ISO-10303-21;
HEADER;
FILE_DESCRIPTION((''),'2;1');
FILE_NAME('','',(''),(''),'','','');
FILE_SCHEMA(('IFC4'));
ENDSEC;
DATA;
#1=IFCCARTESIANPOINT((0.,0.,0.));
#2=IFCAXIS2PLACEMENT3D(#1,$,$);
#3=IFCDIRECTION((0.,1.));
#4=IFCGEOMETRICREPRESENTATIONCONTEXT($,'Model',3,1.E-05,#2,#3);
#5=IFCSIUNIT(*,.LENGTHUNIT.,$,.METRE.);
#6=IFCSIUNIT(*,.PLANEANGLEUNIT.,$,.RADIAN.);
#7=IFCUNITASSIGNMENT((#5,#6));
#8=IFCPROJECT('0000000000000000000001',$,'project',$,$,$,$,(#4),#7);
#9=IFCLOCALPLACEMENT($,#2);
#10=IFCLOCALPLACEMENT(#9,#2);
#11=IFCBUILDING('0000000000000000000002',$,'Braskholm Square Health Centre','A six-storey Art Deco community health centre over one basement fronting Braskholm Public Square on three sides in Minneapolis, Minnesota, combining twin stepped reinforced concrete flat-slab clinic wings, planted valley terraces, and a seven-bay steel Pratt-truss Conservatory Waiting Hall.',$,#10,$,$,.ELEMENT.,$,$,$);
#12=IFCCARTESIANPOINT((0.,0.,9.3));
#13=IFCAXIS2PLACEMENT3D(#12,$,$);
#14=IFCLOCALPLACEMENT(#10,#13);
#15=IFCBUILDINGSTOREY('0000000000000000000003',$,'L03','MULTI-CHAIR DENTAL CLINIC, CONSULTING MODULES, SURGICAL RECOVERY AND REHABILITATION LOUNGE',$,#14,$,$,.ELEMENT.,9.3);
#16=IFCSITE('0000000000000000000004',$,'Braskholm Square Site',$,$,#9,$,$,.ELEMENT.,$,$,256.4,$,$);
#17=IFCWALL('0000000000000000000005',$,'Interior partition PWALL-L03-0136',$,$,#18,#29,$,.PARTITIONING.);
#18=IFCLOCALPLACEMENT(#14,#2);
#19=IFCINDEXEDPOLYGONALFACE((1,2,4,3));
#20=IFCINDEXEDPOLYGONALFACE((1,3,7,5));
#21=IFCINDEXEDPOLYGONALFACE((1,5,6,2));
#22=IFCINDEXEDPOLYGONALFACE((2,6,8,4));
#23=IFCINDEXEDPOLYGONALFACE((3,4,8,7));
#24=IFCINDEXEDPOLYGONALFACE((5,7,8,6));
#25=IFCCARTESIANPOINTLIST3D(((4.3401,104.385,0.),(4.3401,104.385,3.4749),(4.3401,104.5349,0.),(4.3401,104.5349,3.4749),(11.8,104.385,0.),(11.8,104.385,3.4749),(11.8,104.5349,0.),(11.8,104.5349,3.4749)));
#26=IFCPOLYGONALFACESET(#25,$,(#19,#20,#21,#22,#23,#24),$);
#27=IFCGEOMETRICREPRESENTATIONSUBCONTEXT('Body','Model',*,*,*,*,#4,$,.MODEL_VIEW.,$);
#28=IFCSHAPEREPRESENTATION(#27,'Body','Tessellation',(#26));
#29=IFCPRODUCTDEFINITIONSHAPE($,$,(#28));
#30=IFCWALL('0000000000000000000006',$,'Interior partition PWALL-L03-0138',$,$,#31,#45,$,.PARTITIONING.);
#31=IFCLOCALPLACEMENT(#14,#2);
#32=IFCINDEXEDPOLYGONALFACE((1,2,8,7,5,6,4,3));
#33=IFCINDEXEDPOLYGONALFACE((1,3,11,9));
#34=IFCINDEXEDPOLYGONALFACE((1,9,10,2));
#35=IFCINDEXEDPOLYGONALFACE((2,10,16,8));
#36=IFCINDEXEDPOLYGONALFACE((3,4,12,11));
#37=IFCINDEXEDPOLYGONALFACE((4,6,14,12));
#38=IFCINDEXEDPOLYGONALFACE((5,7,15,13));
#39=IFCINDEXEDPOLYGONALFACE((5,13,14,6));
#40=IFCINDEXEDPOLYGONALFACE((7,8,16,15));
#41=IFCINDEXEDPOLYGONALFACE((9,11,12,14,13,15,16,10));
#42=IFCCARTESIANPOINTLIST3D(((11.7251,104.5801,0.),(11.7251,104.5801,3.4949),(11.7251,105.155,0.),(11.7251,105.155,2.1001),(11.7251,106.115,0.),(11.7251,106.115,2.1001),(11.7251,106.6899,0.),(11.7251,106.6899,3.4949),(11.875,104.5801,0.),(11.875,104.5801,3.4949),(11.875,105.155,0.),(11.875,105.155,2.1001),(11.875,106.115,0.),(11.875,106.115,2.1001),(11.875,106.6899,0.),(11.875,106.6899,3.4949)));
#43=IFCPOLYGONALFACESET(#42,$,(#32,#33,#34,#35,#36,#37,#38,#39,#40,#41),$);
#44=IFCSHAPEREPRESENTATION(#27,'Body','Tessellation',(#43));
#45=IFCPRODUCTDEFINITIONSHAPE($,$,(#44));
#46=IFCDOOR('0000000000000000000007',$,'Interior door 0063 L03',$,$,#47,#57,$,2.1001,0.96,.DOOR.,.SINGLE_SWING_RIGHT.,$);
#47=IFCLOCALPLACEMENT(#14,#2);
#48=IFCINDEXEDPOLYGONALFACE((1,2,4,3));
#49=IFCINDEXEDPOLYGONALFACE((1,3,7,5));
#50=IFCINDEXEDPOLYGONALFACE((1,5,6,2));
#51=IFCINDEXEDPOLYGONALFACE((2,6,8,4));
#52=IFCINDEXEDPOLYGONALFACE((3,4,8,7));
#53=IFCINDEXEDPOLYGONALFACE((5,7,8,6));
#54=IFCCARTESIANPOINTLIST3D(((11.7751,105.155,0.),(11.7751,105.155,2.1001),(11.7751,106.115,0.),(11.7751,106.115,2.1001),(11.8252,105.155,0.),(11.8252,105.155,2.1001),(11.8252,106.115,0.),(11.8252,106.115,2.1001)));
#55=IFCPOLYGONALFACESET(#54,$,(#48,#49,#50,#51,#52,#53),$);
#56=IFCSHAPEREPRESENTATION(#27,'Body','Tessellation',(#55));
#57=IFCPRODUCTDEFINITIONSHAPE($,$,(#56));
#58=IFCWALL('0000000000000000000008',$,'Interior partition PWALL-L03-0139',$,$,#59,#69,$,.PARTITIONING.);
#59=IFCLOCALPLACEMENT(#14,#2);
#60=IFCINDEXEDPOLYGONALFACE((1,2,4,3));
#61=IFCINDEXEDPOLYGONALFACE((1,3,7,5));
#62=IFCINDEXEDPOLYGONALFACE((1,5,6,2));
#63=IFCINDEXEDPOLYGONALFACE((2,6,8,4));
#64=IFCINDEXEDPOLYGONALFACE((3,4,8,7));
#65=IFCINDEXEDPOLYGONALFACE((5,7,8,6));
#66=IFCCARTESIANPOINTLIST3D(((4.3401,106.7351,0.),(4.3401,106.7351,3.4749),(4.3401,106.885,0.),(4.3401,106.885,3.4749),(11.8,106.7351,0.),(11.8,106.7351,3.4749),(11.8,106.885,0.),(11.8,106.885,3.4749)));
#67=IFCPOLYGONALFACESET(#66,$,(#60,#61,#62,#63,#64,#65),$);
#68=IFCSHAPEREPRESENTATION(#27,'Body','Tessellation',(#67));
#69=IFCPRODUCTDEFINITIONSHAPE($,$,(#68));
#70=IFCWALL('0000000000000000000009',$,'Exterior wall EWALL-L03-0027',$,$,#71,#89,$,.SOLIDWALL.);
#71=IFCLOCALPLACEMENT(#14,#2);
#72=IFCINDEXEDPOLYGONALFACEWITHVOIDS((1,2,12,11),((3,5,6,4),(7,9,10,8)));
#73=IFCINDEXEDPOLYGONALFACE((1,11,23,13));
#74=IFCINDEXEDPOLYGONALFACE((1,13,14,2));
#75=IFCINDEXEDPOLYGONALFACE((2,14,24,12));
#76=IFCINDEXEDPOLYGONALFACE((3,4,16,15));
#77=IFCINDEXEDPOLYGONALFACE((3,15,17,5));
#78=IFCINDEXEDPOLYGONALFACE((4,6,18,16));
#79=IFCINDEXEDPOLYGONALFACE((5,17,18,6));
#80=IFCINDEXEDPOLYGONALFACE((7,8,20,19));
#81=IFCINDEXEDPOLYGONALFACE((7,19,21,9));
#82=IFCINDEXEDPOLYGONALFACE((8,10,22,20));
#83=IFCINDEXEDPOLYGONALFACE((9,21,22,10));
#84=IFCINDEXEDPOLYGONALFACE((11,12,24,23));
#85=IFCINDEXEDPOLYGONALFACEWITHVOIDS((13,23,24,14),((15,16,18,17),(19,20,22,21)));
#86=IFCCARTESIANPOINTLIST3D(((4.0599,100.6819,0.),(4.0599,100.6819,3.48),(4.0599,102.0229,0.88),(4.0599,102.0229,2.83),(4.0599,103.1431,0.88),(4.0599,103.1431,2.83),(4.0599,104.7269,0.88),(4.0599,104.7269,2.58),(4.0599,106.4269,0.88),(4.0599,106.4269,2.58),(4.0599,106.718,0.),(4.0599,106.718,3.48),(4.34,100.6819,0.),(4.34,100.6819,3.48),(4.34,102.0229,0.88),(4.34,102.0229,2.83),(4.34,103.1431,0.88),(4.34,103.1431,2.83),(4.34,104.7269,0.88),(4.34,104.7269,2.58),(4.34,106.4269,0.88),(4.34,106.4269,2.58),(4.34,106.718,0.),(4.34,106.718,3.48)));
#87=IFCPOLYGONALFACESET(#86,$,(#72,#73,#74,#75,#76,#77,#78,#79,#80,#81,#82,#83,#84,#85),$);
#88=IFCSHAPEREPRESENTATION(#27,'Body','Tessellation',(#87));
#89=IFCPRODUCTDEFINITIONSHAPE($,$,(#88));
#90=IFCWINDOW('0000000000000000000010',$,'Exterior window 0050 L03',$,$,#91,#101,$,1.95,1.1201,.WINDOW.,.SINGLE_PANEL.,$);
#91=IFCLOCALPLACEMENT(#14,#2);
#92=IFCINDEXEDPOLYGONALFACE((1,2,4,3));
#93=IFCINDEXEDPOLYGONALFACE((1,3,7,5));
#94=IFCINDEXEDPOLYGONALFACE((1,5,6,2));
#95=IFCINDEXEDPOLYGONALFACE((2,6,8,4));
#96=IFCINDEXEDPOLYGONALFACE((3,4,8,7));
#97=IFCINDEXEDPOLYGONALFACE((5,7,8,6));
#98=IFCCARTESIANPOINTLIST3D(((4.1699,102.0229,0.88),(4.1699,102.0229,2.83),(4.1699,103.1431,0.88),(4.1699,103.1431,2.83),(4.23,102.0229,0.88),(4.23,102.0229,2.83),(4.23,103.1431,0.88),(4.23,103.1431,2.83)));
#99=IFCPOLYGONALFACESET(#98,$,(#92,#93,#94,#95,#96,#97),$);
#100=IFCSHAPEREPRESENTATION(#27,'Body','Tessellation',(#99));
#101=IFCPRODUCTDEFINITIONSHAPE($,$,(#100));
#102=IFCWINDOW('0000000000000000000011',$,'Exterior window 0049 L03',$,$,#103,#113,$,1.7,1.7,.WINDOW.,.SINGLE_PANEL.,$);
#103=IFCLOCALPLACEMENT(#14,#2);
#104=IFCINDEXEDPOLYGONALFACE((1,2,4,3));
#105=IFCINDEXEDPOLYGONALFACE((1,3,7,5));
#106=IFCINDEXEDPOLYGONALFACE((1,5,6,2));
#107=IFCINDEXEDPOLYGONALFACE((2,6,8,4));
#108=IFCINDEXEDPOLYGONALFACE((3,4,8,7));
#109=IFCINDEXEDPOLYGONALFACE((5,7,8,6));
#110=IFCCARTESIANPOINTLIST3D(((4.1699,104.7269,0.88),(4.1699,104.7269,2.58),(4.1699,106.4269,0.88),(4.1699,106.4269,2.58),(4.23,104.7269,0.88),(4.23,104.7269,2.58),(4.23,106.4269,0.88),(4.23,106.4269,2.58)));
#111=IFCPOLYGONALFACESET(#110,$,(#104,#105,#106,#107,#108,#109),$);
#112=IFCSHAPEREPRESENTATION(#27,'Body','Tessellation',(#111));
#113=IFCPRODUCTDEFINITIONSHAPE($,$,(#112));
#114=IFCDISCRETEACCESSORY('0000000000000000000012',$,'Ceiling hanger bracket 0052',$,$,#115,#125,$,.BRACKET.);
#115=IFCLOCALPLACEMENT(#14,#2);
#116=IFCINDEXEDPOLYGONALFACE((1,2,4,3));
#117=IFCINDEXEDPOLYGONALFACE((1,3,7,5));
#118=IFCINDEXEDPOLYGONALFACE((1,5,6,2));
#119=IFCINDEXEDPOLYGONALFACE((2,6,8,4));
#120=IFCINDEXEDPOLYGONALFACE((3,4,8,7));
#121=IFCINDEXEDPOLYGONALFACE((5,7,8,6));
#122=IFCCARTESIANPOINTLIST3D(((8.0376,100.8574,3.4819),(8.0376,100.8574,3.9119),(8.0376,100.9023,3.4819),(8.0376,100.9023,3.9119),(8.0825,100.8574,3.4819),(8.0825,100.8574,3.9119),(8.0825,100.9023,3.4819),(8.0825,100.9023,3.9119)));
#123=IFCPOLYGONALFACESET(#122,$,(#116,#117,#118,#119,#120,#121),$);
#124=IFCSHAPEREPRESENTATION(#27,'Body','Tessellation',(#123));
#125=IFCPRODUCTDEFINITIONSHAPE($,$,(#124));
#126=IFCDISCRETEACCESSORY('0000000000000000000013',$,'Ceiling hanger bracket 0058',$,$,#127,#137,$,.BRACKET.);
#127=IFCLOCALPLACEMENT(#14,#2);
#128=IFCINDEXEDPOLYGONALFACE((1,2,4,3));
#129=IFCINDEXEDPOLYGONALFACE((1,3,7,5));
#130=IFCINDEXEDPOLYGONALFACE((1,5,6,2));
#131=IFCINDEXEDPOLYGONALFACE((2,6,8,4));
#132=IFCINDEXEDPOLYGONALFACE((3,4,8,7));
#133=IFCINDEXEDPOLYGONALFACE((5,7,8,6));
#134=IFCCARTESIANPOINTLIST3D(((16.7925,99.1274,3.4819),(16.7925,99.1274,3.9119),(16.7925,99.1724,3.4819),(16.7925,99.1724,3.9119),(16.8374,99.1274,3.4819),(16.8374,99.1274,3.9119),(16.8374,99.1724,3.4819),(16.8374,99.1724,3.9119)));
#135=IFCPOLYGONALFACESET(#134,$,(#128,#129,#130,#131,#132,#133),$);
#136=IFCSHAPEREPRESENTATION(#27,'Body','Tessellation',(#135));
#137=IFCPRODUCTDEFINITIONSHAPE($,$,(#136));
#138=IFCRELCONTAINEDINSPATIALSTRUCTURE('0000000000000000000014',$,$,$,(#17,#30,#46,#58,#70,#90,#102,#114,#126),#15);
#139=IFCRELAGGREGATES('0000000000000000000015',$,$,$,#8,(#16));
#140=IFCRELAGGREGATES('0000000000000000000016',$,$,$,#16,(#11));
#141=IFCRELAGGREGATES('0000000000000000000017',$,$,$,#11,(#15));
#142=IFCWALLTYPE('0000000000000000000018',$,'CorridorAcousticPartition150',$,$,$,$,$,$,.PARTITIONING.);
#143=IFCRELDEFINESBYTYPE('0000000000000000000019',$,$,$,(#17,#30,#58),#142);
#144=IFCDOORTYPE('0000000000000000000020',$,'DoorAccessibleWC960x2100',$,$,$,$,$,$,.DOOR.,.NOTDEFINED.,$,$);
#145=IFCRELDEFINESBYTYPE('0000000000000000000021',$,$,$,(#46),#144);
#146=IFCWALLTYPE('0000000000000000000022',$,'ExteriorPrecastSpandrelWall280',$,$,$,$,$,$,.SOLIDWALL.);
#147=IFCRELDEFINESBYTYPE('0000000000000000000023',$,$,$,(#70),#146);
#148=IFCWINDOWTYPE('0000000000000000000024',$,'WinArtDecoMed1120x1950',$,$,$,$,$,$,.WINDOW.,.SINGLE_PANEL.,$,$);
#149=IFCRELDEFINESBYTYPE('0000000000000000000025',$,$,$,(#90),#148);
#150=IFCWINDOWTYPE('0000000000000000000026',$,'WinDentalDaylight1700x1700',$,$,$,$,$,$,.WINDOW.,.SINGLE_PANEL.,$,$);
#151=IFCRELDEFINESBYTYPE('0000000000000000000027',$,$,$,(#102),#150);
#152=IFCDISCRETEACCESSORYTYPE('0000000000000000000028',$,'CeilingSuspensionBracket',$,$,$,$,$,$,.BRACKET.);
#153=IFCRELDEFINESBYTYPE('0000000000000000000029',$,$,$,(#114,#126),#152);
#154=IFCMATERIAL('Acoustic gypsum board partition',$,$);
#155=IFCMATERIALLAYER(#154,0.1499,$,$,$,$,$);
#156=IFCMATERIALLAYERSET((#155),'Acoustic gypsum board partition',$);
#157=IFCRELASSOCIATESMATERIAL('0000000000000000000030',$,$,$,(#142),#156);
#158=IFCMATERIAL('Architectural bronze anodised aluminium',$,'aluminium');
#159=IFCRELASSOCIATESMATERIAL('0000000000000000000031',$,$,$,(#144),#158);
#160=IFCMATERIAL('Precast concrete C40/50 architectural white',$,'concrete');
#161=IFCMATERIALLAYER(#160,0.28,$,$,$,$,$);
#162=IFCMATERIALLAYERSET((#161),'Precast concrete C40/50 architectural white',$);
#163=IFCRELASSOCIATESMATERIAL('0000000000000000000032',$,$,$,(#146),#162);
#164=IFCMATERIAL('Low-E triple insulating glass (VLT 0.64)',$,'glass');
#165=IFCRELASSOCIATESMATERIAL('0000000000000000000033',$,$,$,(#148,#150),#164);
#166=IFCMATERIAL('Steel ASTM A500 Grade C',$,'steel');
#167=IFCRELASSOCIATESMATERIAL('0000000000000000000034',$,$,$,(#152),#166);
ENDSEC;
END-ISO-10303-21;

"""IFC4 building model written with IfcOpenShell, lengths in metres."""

from ifc_helpers import new_model, si_unit, direction, frame, frame_2d, origin, origin_with_axes, origin_2d, place, context, subcontext, project, spatial, rectangle, extrude, material, layer, layer_set, type_object, element, fill, save


model = new_model("IFC4")

# Units and contexts
model_context = context("Model", 3, precision=1e-05, world=origin(), true_north=direction((0.0, 1.0)))
body_context = subcontext(model_context, "Body", "Model", "MODEL_VIEW")
ifc_project = project(units=[si_unit("LENGTHUNIT", "METRE"), si_unit("PLANEANGLEUNIT", "RADIAN")], contexts=[model_context])

# Site, building, storey
site_placement = place(None, origin())
site = spatial("IfcSite", under=ifc_project, at=site_placement, Name="Braskholm Square Site", CompositionType="ELEMENT", RefElevation=256.4)
building_placement = place(site_placement, origin())
building = spatial("IfcBuilding", under=site, at=building_placement, Name="Braskholm Square Health Centre", Description="A six-storey Art Deco community health centre over one basement fronting Braskholm Public Square on three sides in Minneapolis, Minnesota, combining twin stepped reinforced concrete flat-slab clinic wings, planted valley terraces, and a seven-bay steel Pratt-truss Conservatory Waiting Hall.", CompositionType="ELEMENT")
storey_placement = place(building_placement, frame((0.0, 0.0, 9.3)))
storey = spatial("IfcBuildingStorey", under=building, at=storey_placement, Name="L03", Description="MULTI-CHAIR DENTAL CLINIC, CONSULTING MODULES, SURGICAL RECOVERY AND REHABILITATION LOUNGE", CompositionType="ELEMENT", Elevation=9.3)

# Shared definitions
ifc_material_1 = material(Name="Precast concrete C40/50 architectural white", Category="concrete")

# Shared definitions
ifc_material_2 = material(Name="Acoustic gypsum board partition")
ifc_material_3 = material(Name="Architectural bronze anodised aluminium", Category="aluminium")

# Wall
ifc_layer_1 = layer(ifc_material_2, 0.1499)
ifc_layer_set_1 = layer_set([ifc_layer_1], Name="Acoustic gypsum board partition")
wall_type_1 = type_object("IfcWallType", Name="CorridorAcousticPartition150", PredefinedType="PARTITIONING", material=ifc_layer_set_1)
wall_1_placement = place(storey_placement, frame((4.3401, 104.46, 0.0), z_axis=(0.0, 0.0, 1.0), x_axis=(1.0, 0.0, 0.0)))
element("IfcWall", 1, at=wall_1_placement, inside=storey, type_object=wall_type_1, Name="Interior partition PWALL-L03-0136", PredefinedType="PARTITIONING", context=body_context, shape_type="SweptSolid", body=[
    extrude(rectangle(XDim=7.46, YDim=0.1499, at=frame_2d((3.73, 0.0))), origin(), (0.0, 0.0, 1.0), 3.4749),
])

# Wall, opening, door
wall_2_placement = place(storey_placement, frame((11.8, 104.5801, 0.0), z_axis=(0.0, 0.0, 1.0), x_axis=(0.0, 1.0, 0.0)))
wall_2 = element("IfcWall", 2, at=wall_2_placement, inside=storey, type_object=wall_type_1, Name="Interior partition PWALL-L03-0138", PredefinedType="PARTITIONING", context=body_context, shape_type="SweptSolid", body=[
    extrude(rectangle(XDim=2.1099, YDim=0.1499, at=frame_2d((1.0549, 0.0))), origin(), (0.0, 0.0, 1.0), 3.4949),
])
opening_1_placement = place(wall_2_placement, frame((0.575, 0.0, 0.0)))
opening_1 = element("IfcOpeningElement", 3, at=opening_1_placement, cuts=wall_2, PredefinedType="OPENING", context=body_context, shape_type="SweptSolid", body=[
    extrude(rectangle(XDim=0.96, YDim=2.1001, at=frame_2d((0.48, 1.05))), frame((0.0, 0.085, 0.0), z_axis=(0.0, -1.0, 0.0), x_axis=(1.0, 0.0, 0.0)), (0.0, 0.0, 1.0), 0.1699),
])
door_type_1 = type_object("IfcDoorType", Name="DoorAccessibleWC960x2100", OperationType="NOTDEFINED", PredefinedType="DOOR", material=ifc_material_3)
door_1_placement = place(opening_1_placement, origin_with_axes())
door_1 = element("IfcDoor", 4, at=door_1_placement, inside=storey, type_object=door_type_1, Name="Interior door 0063 L03", OperationType="SINGLE_SWING_RIGHT", OverallHeight=2.1001, OverallWidth=0.96, PredefinedType="DOOR", context=body_context, shape_type="SweptSolid", body=[
    extrude(rectangle(XDim=0.96, YDim=2.1001, at=frame_2d((0.48, 1.05))), frame((0.0, 0.0249, 0.0), z_axis=(0.0, -1.0, 0.0), x_axis=(1.0, 0.0, 0.0)), (0.0, 0.0, 1.0), 0.05),
])
fill(opening_1, door_1)

# Wall
wall_3_placement = place(storey_placement, frame((4.3401, 106.8101, 0.0), z_axis=(0.0, 0.0, 1.0), x_axis=(1.0, 0.0, 0.0)))
element("IfcWall", 5, at=wall_3_placement, inside=storey, type_object=wall_type_1, Name="Interior partition PWALL-L03-0139", PredefinedType="PARTITIONING", context=body_context, shape_type="SweptSolid", body=[
    extrude(rectangle(XDim=7.46, YDim=0.1499, at=frame_2d((3.73, 0.0))), origin(), (0.0, 0.0, 1.0), 3.4749),
])

# Wall, openings, windows
ifc_layer_2 = layer(ifc_material_1, 0.28)
ifc_layer_set_2 = layer_set([ifc_layer_2], Name="Precast concrete C40/50 architectural white")
wall_type_2 = type_object("IfcWallType", Name="ExteriorPrecastSpandrelWall280", PredefinedType="SOLIDWALL", material=ifc_layer_set_2)
wall_4_placement = place(storey_placement, frame((4.2, 106.718, 0.0), z_axis=(0.0, 0.0, 1.0), x_axis=(0.0, -1.0, 0.0)))
wall_4 = element("IfcWall", 6, at=wall_4_placement, inside=storey, type_object=wall_type_2, Name="Exterior wall EWALL-L03-0027", PredefinedType="SOLIDWALL", context=body_context, shape_type="SweptSolid", body=[
    extrude(rectangle(XDim=6.0361, YDim=0.28, at=frame_2d((3.0181, 0.0))), origin(), (0.0, 0.0, 1.0), 3.48),
])
opening_2_placement = place(wall_4_placement, frame((0.291, 0.0, 0.8799)))
opening_2 = element("IfcOpeningElement", 7, at=opening_2_placement, cuts=wall_4, PredefinedType="OPENING", context=body_context, shape_type="SweptSolid", body=[
    extrude(rectangle(XDim=1.7, YDim=1.7, at=frame_2d((0.8501, 0.8501))), frame((0.0, 0.1499, 0.0), z_axis=(0.0, -1.0, 0.0), x_axis=(1.0, 0.0, 0.0)), (0.0, 0.0, 1.0), 0.3),
])
opening_3_placement = place(wall_4_placement, frame((3.575, 0.0, 0.8799)))
opening_3 = element("IfcOpeningElement", 8, at=opening_3_placement, cuts=wall_4, PredefinedType="OPENING", context=body_context, shape_type="SweptSolid", body=[
    extrude(rectangle(XDim=1.1201, YDim=1.95, at=frame_2d((0.5601, 0.9751))), frame((0.0, 0.1499, 0.0), z_axis=(0.0, -1.0, 0.0), x_axis=(1.0, 0.0, 0.0)), (0.0, 0.0, 1.0), 0.3),
])
ifc_material_4 = material(Name="Low-E triple insulating glass (VLT 0.64)", Category="glass")
window_type_1 = type_object("IfcWindowType", Name="WinArtDecoMed1120x1950", PartitioningType="SINGLE_PANEL", PredefinedType="WINDOW", material=ifc_material_4)
window_1_placement = place(opening_3_placement, origin_with_axes())
window_1 = element("IfcWindow", 9, at=window_1_placement, inside=storey, type_object=window_type_1, Name="Exterior window 0050 L03", OverallHeight=1.95, OverallWidth=1.1201, PartitioningType="SINGLE_PANEL", PredefinedType="WINDOW", context=body_context, shape_type="SweptSolid", body=[
    extrude(rectangle(XDim=1.1201, YDim=1.95, at=frame_2d((0.5601, 0.9751))), frame((0.0, 0.03, 0.0), z_axis=(0.0, -1.0, 0.0), x_axis=(1.0, 0.0, 0.0)), (0.0, 0.0, 1.0), 0.0601),
])
fill(opening_3, window_1)
window_type_2 = type_object("IfcWindowType", Name="WinDentalDaylight1700x1700", PartitioningType="SINGLE_PANEL", PredefinedType="WINDOW", material=ifc_material_4)
window_2_placement = place(opening_2_placement, origin_with_axes())
window_2 = element("IfcWindow", 10, at=window_2_placement, inside=storey, type_object=window_type_2, Name="Exterior window 0049 L03", OverallHeight=1.7, OverallWidth=1.7, PartitioningType="SINGLE_PANEL", PredefinedType="WINDOW", context=body_context, shape_type="SweptSolid", body=[
    extrude(rectangle(XDim=1.7, YDim=1.7, at=frame_2d((0.8501, 0.8501))), frame((0.0, 0.03, 0.0), z_axis=(0.0, -1.0, 0.0), x_axis=(1.0, 0.0, 0.0)), (0.0, 0.0, 1.0), 0.0601),
])
fill(opening_2, window_2)

# Discrete accessories
ifc_material_5 = material(Name="Steel ASTM A500 Grade C", Category="steel")
discrete_accessory_type = type_object("IfcDiscreteAccessoryType", Name="CeilingSuspensionBracket", PredefinedType="BRACKET", material=ifc_material_5)
for number, where, z_axis, x_axis, name in (
    (11, (8.0601, 100.8799, 3.4819), (0.0, 0.0, 1.0), (1.0, 0.0, 0.0), "Ceiling hanger bracket 0052"),
    (12, (16.8149, 99.1499, 3.4819), (0.0, 0.0, 1.0), (1.0, 0.0, 0.0), "Ceiling hanger bracket 0058"),
):
    element("IfcDiscreteAccessory", number, at=place(storey_placement, frame(where, z_axis=z_axis, x_axis=x_axis)), inside=storey, type_object=discrete_accessory_type, Name=name, PredefinedType="BRACKET", context=body_context, shape_type="SweptSolid", body=[
        extrude(rectangle(XDim=0.0449, YDim=0.0449, at=origin_2d()), origin(), (0.0, 0.0, 1.0), 0.4299),
    ])

save(model, "model.ifc")
